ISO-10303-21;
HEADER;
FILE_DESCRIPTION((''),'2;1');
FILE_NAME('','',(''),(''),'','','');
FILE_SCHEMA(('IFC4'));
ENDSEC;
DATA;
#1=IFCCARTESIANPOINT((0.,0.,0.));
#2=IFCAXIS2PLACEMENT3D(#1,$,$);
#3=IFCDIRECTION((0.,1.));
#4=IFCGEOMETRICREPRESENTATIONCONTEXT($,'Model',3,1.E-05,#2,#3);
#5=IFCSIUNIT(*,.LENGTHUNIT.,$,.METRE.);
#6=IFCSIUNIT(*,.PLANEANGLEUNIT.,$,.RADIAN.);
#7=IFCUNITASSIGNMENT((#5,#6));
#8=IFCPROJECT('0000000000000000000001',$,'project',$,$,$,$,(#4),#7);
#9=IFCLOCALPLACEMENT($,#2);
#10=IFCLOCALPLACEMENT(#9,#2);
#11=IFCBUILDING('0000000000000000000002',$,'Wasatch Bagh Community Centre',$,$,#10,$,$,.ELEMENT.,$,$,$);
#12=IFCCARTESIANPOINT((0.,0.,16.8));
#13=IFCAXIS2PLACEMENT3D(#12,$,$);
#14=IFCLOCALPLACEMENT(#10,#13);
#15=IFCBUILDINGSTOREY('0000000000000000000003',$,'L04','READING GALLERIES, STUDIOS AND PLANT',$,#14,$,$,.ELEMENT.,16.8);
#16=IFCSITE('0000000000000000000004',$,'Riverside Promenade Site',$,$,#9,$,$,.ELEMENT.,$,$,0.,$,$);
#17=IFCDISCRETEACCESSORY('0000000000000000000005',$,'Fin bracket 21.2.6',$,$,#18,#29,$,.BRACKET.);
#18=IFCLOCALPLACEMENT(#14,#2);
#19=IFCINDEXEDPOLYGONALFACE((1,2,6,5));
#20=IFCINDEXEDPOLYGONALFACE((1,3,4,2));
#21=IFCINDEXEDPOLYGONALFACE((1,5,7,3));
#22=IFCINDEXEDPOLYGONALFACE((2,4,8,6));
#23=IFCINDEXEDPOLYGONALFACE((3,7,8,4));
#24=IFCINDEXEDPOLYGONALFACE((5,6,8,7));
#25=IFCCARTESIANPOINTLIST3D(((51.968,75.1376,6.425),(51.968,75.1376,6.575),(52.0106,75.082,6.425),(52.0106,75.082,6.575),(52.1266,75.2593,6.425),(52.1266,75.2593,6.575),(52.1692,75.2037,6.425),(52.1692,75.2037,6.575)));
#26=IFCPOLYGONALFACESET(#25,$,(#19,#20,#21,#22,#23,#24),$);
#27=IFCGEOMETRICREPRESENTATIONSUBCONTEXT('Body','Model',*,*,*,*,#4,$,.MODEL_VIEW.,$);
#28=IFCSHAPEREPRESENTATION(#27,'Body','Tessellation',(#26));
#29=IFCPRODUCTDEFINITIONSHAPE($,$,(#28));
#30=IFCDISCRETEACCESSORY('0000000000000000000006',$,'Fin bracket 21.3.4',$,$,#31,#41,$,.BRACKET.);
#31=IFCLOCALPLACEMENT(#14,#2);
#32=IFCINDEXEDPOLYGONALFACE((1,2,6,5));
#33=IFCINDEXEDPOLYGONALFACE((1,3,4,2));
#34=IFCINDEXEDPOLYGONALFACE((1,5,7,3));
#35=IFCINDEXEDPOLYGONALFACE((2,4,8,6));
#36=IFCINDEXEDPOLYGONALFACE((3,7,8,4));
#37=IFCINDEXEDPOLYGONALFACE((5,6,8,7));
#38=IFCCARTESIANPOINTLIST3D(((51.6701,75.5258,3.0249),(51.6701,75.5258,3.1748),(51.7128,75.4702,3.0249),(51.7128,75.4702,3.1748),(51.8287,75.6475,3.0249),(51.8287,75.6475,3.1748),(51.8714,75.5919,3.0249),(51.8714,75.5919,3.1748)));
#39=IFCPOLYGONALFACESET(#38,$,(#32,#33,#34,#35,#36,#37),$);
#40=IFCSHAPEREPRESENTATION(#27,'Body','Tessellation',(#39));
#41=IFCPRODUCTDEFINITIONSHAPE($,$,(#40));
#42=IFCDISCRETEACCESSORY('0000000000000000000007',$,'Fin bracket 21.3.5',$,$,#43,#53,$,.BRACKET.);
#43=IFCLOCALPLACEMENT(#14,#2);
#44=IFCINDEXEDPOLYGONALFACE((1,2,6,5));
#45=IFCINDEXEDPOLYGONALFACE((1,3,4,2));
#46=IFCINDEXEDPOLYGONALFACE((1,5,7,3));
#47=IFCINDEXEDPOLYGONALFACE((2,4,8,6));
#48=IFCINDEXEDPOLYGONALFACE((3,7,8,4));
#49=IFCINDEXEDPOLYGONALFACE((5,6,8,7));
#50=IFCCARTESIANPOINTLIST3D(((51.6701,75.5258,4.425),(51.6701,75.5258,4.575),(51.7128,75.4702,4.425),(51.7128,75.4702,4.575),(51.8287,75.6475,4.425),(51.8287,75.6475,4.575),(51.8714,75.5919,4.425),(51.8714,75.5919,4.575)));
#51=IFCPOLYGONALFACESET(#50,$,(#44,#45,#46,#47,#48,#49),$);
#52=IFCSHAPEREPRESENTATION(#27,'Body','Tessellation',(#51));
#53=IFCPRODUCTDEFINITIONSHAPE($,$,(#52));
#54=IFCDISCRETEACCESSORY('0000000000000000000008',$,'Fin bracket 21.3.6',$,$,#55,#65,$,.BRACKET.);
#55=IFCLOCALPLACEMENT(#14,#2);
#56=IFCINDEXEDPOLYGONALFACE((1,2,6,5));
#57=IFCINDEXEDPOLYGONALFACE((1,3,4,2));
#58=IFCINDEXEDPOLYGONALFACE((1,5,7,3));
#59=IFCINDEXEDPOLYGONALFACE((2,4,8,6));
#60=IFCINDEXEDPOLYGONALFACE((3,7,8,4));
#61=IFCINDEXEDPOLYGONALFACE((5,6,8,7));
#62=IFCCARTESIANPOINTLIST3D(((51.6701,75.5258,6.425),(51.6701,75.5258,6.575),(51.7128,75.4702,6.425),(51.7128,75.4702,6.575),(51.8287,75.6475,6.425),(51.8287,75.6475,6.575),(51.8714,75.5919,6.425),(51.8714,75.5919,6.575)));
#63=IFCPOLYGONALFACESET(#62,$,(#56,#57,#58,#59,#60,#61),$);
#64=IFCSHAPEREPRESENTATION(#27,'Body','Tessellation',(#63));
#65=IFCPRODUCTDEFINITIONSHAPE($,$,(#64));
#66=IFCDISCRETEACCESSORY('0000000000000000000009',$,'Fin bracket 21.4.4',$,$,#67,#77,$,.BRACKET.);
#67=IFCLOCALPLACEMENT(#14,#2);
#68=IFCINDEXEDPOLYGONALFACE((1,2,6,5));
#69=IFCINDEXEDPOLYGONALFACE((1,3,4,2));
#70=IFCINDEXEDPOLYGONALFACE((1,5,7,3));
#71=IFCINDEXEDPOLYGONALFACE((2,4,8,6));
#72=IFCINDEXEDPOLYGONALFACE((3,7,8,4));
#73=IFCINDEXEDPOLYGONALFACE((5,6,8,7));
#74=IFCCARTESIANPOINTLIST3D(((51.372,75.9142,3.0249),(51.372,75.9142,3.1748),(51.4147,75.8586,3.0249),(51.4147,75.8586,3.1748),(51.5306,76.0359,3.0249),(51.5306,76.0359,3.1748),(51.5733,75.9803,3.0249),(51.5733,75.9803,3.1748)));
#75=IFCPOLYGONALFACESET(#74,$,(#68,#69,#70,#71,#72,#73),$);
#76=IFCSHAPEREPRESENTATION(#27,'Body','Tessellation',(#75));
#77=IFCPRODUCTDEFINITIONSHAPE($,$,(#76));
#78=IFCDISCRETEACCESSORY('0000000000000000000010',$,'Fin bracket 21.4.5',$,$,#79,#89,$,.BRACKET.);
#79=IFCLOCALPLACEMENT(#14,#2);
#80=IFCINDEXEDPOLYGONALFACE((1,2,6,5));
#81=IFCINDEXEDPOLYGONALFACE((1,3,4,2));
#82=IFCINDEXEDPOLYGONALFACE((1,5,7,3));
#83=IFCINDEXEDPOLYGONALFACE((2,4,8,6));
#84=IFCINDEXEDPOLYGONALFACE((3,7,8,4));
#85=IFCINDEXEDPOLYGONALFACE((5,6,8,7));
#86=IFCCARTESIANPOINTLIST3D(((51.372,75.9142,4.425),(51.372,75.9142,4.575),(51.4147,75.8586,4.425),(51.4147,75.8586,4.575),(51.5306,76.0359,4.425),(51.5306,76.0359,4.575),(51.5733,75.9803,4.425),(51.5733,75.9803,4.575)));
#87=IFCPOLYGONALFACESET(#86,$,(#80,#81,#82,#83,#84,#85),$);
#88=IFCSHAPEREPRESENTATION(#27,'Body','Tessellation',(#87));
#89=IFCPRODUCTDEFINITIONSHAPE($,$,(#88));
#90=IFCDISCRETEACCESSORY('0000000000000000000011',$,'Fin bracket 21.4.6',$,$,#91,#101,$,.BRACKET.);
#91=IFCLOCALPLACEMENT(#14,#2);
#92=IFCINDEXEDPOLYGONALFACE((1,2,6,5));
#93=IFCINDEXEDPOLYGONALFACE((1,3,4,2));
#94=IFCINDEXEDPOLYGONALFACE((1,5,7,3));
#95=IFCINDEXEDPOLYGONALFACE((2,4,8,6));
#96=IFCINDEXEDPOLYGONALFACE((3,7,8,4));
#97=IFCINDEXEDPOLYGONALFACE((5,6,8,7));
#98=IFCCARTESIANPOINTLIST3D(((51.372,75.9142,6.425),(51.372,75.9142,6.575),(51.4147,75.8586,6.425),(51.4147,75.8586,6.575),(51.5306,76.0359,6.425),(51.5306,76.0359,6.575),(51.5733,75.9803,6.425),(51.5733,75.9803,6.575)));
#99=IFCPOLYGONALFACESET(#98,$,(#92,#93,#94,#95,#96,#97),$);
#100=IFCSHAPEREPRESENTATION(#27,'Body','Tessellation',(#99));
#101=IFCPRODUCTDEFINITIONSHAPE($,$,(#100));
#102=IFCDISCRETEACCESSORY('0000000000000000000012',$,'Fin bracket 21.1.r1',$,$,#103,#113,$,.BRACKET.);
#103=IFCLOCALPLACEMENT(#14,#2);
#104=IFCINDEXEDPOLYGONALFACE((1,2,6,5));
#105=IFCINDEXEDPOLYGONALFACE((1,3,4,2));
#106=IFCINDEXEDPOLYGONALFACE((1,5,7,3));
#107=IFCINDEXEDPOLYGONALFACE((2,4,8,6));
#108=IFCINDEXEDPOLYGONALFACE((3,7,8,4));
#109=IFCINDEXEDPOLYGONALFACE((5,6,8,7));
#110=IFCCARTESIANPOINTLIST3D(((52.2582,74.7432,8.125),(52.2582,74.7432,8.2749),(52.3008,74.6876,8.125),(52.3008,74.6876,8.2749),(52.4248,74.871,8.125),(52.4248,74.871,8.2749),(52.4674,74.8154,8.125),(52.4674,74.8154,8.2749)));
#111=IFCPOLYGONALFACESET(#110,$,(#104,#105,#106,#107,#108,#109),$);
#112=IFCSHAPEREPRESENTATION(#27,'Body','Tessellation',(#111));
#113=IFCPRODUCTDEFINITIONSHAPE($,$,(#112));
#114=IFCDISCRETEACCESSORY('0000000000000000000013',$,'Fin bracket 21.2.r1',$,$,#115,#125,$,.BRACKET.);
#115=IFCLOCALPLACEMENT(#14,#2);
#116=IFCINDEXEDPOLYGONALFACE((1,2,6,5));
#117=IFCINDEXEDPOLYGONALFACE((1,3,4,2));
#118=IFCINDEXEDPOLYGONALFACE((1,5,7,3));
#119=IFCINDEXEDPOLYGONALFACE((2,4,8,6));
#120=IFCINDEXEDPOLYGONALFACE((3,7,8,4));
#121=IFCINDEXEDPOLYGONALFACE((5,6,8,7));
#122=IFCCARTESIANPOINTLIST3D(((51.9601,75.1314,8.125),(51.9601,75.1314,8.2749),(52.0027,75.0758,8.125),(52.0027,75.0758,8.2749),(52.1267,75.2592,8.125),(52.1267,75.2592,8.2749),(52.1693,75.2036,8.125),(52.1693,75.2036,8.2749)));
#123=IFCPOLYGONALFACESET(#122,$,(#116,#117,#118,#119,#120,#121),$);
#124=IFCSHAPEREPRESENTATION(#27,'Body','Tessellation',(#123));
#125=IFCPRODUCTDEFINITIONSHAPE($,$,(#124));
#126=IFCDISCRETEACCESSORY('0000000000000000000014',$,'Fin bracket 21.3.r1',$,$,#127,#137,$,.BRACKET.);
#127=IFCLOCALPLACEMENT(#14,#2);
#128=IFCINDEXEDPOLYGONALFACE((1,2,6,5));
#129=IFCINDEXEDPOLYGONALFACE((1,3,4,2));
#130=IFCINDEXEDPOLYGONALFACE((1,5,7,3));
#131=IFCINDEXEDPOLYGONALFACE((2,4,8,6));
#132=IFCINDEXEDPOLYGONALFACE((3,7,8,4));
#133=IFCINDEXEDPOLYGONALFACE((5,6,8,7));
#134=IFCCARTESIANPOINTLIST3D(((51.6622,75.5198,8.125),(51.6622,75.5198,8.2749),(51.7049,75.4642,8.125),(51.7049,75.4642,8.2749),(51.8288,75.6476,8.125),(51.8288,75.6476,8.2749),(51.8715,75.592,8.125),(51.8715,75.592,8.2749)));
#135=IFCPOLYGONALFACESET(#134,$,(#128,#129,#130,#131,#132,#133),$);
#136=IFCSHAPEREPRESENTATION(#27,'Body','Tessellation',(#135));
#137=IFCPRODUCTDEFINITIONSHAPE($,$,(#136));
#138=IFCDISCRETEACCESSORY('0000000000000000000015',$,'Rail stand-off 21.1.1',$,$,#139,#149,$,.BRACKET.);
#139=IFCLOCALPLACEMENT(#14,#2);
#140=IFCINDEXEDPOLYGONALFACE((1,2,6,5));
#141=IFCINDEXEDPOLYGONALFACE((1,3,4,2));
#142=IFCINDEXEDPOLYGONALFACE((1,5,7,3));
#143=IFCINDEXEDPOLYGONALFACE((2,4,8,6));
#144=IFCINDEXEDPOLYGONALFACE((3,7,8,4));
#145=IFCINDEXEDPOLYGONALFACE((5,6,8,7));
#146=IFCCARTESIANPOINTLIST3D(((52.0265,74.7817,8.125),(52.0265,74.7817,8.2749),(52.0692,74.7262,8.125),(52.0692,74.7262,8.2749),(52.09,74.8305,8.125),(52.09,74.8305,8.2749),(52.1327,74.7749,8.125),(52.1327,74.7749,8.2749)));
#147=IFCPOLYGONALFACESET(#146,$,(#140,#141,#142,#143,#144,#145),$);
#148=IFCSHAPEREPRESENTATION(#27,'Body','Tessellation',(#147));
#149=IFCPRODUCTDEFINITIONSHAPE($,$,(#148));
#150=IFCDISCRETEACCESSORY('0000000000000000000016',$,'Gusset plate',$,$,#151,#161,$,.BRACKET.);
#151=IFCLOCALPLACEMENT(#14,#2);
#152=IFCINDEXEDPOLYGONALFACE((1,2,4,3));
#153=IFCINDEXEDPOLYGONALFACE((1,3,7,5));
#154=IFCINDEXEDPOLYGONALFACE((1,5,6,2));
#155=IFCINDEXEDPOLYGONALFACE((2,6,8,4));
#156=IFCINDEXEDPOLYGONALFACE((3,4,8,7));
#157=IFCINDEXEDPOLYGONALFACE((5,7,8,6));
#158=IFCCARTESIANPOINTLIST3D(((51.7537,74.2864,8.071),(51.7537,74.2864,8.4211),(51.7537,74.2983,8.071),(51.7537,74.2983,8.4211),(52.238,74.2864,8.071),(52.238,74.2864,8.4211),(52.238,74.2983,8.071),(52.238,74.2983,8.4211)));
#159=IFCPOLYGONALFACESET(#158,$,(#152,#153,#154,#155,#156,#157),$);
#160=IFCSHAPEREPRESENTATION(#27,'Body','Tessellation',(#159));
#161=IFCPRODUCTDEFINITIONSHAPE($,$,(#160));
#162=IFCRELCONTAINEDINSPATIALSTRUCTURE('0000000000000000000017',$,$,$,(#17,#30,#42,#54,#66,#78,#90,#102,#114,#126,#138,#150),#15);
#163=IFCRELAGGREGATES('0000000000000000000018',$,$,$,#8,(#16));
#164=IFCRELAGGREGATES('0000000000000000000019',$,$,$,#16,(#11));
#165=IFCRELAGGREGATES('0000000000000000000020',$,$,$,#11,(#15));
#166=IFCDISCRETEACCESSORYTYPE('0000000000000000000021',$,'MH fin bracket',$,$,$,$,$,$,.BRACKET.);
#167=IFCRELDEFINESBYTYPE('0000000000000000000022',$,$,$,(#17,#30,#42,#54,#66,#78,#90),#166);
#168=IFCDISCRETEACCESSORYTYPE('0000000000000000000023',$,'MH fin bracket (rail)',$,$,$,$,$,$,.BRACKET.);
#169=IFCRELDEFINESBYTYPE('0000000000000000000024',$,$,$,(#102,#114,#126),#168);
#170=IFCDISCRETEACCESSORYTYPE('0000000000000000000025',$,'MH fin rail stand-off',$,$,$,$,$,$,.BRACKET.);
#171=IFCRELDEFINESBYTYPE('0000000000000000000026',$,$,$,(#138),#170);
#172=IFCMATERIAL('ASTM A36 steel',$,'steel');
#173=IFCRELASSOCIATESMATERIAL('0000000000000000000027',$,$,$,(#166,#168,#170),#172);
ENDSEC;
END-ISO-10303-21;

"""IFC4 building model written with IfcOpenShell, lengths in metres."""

from ifc_helpers import new_model, si_unit, direction, frame, origin, origin_2d, place, context, subcontext, project, spatial, polyline, rectangle, outline, extrude, material, type_object, element, save


model = new_model("IFC4")

# Units and contexts
model_context = context("Model", 3, precision=1e-05, world=origin(), true_north=direction((0.0, 1.0)))
body_context = subcontext(model_context, "Body", "Model", "MODEL_VIEW")
ifc_project = project(units=[si_unit("LENGTHUNIT", "METRE"), si_unit("PLANEANGLEUNIT", "RADIAN")], contexts=[model_context])

# Site, building, storey
site_placement = place(None, origin())
site = spatial("IfcSite", under=ifc_project, at=site_placement, Name="Riverside Promenade Site", CompositionType="ELEMENT", RefElevation=0.0)
building_placement = place(site_placement, origin())
building = spatial("IfcBuilding", under=site, at=building_placement, Name="Wasatch Bagh Community Centre", CompositionType="ELEMENT")
storey_placement = place(building_placement, frame((0.0, 0.0, 16.8)))
storey = spatial("IfcBuildingStorey", under=building, at=storey_placement, Name="L04", Description="READING GALLERIES, STUDIOS AND PLANT", CompositionType="ELEMENT", Elevation=16.8)

# Shared definitions
ifc_material_1 = material(Name="ASTM A36 steel", Category="steel")

# Discrete accessories
discrete_accessory_type_1 = type_object("IfcDiscreteAccessoryType", Name="MH fin bracket", PredefinedType="BRACKET", material=ifc_material_1)
for number, where, z_axis, x_axis, name in (
    (1, (52.0686, 75.1707, 6.425), (0.0, 0.0, 1.0), (-0.608761, 0.793353, 0.0), "Fin bracket 21.2.6"),
    (2, (51.7708, 75.5588, 3.0249), (0.0, 0.0, 1.0), (-0.608761, 0.793353, 0.0), "Fin bracket 21.3.4"),
    (3, (51.7708, 75.5588, 4.425), (0.0, 0.0, 1.0), (-0.608761, 0.793353, 0.0), "Fin bracket 21.3.5"),
    (4, (51.7708, 75.5588, 6.425), (0.0, 0.0, 1.0), (-0.608761, 0.793353, 0.0), "Fin bracket 21.3.6"),
    (5, (51.4727, 75.9473, 3.0249), (0.0, 0.0, 1.0), (-0.608761, 0.793353, 0.0), "Fin bracket 21.4.4"),
    (6, (51.4727, 75.9473, 4.425), (0.0, 0.0, 1.0), (-0.608761, 0.793353, 0.0), "Fin bracket 21.4.5"),
    (7, (51.4727, 75.9473, 6.425), (0.0, 0.0, 1.0), (-0.608761, 0.793353, 0.0), "Fin bracket 21.4.6"),
):
    element("IfcDiscreteAccessory", number, at=place(storey_placement, frame(where, z_axis=z_axis, x_axis=x_axis)), inside=storey, type_object=discrete_accessory_type_1, Name=name, PredefinedType="BRACKET", context=body_context, shape_type="SweptSolid", body=[
        extrude(rectangle(XDim=0.0701, YDim=0.2, at=origin_2d()), origin(), (0.0, 0.0, 1.0), 0.1499),
    ])
discrete_accessory_type_2 = type_object("IfcDiscreteAccessoryType", Name="MH fin bracket (rail)", PredefinedType="BRACKET", material=ifc_material_1)
for number, where, z_axis, x_axis, name in (
    (8, (52.3628, 74.7793, 8.125), (0.0, 0.0, 1.0), (-0.608761, 0.793353, 0.0), "Fin bracket 21.1.r1"),
    (9, (52.0647, 75.1675, 8.125), (0.0, 0.0, 1.0), (-0.608761, 0.793353, 0.0), "Fin bracket 21.2.r1"),
    (10, (51.7668, 75.5559, 8.125), (0.0, 0.0, 1.0), (-0.608761, 0.793353, 0.0), "Fin bracket 21.3.r1"),
):
    element("IfcDiscreteAccessory", number, at=place(storey_placement, frame(where, z_axis=z_axis, x_axis=x_axis)), inside=storey, type_object=discrete_accessory_type_2, Name=name, PredefinedType="BRACKET", context=body_context, shape_type="SweptSolid", body=[
        extrude(rectangle(XDim=0.0701, YDim=0.21, at=origin_2d()), origin(), (0.0, 0.0, 1.0), 0.1499),
    ])
discrete_accessory_type_3 = type_object("IfcDiscreteAccessoryType", Name="MH fin rail stand-off", PredefinedType="BRACKET", material=ifc_material_1)
discrete_accessory_1_placement = place(storey_placement, frame((52.0796, 74.7783, 8.125), z_axis=(0.0, 0.0, 1.0), x_axis=(-0.608761, 0.793353, 0.0)))
element("IfcDiscreteAccessory", 11, at=discrete_accessory_1_placement, inside=storey, type_object=discrete_accessory_type_3, Name="Rail stand-off 21.1.1", PredefinedType="BRACKET", context=body_context, shape_type="SweptSolid", body=[
    extrude(rectangle(XDim=0.0701, YDim=0.0801, at=origin_2d()), origin(), (0.0, 0.0, 1.0), 0.1499),
])
discrete_accessory_2_placement = place(storey_placement, frame((51.7537, 74.2864, 8.071), z_axis=(0.0, -1.0, 0.0), x_axis=(1.0, 0.0, 0.0)))
element("IfcDiscreteAccessory", 12, at=discrete_accessory_2_placement, inside=storey, Name="Gusset plate", PredefinedType="BRACKET", context=body_context, shape_type="SweptSolid", body=[
    extrude(outline(polyline([(0.0, 0.0), (0.4844, 0.0), (0.4844, 0.3501), (0.0, 0.3501), (0.0, 0.0)])), origin(), (0.0, 0.0, -1.0), 0.012),
])

save(model, "model.ifc")
